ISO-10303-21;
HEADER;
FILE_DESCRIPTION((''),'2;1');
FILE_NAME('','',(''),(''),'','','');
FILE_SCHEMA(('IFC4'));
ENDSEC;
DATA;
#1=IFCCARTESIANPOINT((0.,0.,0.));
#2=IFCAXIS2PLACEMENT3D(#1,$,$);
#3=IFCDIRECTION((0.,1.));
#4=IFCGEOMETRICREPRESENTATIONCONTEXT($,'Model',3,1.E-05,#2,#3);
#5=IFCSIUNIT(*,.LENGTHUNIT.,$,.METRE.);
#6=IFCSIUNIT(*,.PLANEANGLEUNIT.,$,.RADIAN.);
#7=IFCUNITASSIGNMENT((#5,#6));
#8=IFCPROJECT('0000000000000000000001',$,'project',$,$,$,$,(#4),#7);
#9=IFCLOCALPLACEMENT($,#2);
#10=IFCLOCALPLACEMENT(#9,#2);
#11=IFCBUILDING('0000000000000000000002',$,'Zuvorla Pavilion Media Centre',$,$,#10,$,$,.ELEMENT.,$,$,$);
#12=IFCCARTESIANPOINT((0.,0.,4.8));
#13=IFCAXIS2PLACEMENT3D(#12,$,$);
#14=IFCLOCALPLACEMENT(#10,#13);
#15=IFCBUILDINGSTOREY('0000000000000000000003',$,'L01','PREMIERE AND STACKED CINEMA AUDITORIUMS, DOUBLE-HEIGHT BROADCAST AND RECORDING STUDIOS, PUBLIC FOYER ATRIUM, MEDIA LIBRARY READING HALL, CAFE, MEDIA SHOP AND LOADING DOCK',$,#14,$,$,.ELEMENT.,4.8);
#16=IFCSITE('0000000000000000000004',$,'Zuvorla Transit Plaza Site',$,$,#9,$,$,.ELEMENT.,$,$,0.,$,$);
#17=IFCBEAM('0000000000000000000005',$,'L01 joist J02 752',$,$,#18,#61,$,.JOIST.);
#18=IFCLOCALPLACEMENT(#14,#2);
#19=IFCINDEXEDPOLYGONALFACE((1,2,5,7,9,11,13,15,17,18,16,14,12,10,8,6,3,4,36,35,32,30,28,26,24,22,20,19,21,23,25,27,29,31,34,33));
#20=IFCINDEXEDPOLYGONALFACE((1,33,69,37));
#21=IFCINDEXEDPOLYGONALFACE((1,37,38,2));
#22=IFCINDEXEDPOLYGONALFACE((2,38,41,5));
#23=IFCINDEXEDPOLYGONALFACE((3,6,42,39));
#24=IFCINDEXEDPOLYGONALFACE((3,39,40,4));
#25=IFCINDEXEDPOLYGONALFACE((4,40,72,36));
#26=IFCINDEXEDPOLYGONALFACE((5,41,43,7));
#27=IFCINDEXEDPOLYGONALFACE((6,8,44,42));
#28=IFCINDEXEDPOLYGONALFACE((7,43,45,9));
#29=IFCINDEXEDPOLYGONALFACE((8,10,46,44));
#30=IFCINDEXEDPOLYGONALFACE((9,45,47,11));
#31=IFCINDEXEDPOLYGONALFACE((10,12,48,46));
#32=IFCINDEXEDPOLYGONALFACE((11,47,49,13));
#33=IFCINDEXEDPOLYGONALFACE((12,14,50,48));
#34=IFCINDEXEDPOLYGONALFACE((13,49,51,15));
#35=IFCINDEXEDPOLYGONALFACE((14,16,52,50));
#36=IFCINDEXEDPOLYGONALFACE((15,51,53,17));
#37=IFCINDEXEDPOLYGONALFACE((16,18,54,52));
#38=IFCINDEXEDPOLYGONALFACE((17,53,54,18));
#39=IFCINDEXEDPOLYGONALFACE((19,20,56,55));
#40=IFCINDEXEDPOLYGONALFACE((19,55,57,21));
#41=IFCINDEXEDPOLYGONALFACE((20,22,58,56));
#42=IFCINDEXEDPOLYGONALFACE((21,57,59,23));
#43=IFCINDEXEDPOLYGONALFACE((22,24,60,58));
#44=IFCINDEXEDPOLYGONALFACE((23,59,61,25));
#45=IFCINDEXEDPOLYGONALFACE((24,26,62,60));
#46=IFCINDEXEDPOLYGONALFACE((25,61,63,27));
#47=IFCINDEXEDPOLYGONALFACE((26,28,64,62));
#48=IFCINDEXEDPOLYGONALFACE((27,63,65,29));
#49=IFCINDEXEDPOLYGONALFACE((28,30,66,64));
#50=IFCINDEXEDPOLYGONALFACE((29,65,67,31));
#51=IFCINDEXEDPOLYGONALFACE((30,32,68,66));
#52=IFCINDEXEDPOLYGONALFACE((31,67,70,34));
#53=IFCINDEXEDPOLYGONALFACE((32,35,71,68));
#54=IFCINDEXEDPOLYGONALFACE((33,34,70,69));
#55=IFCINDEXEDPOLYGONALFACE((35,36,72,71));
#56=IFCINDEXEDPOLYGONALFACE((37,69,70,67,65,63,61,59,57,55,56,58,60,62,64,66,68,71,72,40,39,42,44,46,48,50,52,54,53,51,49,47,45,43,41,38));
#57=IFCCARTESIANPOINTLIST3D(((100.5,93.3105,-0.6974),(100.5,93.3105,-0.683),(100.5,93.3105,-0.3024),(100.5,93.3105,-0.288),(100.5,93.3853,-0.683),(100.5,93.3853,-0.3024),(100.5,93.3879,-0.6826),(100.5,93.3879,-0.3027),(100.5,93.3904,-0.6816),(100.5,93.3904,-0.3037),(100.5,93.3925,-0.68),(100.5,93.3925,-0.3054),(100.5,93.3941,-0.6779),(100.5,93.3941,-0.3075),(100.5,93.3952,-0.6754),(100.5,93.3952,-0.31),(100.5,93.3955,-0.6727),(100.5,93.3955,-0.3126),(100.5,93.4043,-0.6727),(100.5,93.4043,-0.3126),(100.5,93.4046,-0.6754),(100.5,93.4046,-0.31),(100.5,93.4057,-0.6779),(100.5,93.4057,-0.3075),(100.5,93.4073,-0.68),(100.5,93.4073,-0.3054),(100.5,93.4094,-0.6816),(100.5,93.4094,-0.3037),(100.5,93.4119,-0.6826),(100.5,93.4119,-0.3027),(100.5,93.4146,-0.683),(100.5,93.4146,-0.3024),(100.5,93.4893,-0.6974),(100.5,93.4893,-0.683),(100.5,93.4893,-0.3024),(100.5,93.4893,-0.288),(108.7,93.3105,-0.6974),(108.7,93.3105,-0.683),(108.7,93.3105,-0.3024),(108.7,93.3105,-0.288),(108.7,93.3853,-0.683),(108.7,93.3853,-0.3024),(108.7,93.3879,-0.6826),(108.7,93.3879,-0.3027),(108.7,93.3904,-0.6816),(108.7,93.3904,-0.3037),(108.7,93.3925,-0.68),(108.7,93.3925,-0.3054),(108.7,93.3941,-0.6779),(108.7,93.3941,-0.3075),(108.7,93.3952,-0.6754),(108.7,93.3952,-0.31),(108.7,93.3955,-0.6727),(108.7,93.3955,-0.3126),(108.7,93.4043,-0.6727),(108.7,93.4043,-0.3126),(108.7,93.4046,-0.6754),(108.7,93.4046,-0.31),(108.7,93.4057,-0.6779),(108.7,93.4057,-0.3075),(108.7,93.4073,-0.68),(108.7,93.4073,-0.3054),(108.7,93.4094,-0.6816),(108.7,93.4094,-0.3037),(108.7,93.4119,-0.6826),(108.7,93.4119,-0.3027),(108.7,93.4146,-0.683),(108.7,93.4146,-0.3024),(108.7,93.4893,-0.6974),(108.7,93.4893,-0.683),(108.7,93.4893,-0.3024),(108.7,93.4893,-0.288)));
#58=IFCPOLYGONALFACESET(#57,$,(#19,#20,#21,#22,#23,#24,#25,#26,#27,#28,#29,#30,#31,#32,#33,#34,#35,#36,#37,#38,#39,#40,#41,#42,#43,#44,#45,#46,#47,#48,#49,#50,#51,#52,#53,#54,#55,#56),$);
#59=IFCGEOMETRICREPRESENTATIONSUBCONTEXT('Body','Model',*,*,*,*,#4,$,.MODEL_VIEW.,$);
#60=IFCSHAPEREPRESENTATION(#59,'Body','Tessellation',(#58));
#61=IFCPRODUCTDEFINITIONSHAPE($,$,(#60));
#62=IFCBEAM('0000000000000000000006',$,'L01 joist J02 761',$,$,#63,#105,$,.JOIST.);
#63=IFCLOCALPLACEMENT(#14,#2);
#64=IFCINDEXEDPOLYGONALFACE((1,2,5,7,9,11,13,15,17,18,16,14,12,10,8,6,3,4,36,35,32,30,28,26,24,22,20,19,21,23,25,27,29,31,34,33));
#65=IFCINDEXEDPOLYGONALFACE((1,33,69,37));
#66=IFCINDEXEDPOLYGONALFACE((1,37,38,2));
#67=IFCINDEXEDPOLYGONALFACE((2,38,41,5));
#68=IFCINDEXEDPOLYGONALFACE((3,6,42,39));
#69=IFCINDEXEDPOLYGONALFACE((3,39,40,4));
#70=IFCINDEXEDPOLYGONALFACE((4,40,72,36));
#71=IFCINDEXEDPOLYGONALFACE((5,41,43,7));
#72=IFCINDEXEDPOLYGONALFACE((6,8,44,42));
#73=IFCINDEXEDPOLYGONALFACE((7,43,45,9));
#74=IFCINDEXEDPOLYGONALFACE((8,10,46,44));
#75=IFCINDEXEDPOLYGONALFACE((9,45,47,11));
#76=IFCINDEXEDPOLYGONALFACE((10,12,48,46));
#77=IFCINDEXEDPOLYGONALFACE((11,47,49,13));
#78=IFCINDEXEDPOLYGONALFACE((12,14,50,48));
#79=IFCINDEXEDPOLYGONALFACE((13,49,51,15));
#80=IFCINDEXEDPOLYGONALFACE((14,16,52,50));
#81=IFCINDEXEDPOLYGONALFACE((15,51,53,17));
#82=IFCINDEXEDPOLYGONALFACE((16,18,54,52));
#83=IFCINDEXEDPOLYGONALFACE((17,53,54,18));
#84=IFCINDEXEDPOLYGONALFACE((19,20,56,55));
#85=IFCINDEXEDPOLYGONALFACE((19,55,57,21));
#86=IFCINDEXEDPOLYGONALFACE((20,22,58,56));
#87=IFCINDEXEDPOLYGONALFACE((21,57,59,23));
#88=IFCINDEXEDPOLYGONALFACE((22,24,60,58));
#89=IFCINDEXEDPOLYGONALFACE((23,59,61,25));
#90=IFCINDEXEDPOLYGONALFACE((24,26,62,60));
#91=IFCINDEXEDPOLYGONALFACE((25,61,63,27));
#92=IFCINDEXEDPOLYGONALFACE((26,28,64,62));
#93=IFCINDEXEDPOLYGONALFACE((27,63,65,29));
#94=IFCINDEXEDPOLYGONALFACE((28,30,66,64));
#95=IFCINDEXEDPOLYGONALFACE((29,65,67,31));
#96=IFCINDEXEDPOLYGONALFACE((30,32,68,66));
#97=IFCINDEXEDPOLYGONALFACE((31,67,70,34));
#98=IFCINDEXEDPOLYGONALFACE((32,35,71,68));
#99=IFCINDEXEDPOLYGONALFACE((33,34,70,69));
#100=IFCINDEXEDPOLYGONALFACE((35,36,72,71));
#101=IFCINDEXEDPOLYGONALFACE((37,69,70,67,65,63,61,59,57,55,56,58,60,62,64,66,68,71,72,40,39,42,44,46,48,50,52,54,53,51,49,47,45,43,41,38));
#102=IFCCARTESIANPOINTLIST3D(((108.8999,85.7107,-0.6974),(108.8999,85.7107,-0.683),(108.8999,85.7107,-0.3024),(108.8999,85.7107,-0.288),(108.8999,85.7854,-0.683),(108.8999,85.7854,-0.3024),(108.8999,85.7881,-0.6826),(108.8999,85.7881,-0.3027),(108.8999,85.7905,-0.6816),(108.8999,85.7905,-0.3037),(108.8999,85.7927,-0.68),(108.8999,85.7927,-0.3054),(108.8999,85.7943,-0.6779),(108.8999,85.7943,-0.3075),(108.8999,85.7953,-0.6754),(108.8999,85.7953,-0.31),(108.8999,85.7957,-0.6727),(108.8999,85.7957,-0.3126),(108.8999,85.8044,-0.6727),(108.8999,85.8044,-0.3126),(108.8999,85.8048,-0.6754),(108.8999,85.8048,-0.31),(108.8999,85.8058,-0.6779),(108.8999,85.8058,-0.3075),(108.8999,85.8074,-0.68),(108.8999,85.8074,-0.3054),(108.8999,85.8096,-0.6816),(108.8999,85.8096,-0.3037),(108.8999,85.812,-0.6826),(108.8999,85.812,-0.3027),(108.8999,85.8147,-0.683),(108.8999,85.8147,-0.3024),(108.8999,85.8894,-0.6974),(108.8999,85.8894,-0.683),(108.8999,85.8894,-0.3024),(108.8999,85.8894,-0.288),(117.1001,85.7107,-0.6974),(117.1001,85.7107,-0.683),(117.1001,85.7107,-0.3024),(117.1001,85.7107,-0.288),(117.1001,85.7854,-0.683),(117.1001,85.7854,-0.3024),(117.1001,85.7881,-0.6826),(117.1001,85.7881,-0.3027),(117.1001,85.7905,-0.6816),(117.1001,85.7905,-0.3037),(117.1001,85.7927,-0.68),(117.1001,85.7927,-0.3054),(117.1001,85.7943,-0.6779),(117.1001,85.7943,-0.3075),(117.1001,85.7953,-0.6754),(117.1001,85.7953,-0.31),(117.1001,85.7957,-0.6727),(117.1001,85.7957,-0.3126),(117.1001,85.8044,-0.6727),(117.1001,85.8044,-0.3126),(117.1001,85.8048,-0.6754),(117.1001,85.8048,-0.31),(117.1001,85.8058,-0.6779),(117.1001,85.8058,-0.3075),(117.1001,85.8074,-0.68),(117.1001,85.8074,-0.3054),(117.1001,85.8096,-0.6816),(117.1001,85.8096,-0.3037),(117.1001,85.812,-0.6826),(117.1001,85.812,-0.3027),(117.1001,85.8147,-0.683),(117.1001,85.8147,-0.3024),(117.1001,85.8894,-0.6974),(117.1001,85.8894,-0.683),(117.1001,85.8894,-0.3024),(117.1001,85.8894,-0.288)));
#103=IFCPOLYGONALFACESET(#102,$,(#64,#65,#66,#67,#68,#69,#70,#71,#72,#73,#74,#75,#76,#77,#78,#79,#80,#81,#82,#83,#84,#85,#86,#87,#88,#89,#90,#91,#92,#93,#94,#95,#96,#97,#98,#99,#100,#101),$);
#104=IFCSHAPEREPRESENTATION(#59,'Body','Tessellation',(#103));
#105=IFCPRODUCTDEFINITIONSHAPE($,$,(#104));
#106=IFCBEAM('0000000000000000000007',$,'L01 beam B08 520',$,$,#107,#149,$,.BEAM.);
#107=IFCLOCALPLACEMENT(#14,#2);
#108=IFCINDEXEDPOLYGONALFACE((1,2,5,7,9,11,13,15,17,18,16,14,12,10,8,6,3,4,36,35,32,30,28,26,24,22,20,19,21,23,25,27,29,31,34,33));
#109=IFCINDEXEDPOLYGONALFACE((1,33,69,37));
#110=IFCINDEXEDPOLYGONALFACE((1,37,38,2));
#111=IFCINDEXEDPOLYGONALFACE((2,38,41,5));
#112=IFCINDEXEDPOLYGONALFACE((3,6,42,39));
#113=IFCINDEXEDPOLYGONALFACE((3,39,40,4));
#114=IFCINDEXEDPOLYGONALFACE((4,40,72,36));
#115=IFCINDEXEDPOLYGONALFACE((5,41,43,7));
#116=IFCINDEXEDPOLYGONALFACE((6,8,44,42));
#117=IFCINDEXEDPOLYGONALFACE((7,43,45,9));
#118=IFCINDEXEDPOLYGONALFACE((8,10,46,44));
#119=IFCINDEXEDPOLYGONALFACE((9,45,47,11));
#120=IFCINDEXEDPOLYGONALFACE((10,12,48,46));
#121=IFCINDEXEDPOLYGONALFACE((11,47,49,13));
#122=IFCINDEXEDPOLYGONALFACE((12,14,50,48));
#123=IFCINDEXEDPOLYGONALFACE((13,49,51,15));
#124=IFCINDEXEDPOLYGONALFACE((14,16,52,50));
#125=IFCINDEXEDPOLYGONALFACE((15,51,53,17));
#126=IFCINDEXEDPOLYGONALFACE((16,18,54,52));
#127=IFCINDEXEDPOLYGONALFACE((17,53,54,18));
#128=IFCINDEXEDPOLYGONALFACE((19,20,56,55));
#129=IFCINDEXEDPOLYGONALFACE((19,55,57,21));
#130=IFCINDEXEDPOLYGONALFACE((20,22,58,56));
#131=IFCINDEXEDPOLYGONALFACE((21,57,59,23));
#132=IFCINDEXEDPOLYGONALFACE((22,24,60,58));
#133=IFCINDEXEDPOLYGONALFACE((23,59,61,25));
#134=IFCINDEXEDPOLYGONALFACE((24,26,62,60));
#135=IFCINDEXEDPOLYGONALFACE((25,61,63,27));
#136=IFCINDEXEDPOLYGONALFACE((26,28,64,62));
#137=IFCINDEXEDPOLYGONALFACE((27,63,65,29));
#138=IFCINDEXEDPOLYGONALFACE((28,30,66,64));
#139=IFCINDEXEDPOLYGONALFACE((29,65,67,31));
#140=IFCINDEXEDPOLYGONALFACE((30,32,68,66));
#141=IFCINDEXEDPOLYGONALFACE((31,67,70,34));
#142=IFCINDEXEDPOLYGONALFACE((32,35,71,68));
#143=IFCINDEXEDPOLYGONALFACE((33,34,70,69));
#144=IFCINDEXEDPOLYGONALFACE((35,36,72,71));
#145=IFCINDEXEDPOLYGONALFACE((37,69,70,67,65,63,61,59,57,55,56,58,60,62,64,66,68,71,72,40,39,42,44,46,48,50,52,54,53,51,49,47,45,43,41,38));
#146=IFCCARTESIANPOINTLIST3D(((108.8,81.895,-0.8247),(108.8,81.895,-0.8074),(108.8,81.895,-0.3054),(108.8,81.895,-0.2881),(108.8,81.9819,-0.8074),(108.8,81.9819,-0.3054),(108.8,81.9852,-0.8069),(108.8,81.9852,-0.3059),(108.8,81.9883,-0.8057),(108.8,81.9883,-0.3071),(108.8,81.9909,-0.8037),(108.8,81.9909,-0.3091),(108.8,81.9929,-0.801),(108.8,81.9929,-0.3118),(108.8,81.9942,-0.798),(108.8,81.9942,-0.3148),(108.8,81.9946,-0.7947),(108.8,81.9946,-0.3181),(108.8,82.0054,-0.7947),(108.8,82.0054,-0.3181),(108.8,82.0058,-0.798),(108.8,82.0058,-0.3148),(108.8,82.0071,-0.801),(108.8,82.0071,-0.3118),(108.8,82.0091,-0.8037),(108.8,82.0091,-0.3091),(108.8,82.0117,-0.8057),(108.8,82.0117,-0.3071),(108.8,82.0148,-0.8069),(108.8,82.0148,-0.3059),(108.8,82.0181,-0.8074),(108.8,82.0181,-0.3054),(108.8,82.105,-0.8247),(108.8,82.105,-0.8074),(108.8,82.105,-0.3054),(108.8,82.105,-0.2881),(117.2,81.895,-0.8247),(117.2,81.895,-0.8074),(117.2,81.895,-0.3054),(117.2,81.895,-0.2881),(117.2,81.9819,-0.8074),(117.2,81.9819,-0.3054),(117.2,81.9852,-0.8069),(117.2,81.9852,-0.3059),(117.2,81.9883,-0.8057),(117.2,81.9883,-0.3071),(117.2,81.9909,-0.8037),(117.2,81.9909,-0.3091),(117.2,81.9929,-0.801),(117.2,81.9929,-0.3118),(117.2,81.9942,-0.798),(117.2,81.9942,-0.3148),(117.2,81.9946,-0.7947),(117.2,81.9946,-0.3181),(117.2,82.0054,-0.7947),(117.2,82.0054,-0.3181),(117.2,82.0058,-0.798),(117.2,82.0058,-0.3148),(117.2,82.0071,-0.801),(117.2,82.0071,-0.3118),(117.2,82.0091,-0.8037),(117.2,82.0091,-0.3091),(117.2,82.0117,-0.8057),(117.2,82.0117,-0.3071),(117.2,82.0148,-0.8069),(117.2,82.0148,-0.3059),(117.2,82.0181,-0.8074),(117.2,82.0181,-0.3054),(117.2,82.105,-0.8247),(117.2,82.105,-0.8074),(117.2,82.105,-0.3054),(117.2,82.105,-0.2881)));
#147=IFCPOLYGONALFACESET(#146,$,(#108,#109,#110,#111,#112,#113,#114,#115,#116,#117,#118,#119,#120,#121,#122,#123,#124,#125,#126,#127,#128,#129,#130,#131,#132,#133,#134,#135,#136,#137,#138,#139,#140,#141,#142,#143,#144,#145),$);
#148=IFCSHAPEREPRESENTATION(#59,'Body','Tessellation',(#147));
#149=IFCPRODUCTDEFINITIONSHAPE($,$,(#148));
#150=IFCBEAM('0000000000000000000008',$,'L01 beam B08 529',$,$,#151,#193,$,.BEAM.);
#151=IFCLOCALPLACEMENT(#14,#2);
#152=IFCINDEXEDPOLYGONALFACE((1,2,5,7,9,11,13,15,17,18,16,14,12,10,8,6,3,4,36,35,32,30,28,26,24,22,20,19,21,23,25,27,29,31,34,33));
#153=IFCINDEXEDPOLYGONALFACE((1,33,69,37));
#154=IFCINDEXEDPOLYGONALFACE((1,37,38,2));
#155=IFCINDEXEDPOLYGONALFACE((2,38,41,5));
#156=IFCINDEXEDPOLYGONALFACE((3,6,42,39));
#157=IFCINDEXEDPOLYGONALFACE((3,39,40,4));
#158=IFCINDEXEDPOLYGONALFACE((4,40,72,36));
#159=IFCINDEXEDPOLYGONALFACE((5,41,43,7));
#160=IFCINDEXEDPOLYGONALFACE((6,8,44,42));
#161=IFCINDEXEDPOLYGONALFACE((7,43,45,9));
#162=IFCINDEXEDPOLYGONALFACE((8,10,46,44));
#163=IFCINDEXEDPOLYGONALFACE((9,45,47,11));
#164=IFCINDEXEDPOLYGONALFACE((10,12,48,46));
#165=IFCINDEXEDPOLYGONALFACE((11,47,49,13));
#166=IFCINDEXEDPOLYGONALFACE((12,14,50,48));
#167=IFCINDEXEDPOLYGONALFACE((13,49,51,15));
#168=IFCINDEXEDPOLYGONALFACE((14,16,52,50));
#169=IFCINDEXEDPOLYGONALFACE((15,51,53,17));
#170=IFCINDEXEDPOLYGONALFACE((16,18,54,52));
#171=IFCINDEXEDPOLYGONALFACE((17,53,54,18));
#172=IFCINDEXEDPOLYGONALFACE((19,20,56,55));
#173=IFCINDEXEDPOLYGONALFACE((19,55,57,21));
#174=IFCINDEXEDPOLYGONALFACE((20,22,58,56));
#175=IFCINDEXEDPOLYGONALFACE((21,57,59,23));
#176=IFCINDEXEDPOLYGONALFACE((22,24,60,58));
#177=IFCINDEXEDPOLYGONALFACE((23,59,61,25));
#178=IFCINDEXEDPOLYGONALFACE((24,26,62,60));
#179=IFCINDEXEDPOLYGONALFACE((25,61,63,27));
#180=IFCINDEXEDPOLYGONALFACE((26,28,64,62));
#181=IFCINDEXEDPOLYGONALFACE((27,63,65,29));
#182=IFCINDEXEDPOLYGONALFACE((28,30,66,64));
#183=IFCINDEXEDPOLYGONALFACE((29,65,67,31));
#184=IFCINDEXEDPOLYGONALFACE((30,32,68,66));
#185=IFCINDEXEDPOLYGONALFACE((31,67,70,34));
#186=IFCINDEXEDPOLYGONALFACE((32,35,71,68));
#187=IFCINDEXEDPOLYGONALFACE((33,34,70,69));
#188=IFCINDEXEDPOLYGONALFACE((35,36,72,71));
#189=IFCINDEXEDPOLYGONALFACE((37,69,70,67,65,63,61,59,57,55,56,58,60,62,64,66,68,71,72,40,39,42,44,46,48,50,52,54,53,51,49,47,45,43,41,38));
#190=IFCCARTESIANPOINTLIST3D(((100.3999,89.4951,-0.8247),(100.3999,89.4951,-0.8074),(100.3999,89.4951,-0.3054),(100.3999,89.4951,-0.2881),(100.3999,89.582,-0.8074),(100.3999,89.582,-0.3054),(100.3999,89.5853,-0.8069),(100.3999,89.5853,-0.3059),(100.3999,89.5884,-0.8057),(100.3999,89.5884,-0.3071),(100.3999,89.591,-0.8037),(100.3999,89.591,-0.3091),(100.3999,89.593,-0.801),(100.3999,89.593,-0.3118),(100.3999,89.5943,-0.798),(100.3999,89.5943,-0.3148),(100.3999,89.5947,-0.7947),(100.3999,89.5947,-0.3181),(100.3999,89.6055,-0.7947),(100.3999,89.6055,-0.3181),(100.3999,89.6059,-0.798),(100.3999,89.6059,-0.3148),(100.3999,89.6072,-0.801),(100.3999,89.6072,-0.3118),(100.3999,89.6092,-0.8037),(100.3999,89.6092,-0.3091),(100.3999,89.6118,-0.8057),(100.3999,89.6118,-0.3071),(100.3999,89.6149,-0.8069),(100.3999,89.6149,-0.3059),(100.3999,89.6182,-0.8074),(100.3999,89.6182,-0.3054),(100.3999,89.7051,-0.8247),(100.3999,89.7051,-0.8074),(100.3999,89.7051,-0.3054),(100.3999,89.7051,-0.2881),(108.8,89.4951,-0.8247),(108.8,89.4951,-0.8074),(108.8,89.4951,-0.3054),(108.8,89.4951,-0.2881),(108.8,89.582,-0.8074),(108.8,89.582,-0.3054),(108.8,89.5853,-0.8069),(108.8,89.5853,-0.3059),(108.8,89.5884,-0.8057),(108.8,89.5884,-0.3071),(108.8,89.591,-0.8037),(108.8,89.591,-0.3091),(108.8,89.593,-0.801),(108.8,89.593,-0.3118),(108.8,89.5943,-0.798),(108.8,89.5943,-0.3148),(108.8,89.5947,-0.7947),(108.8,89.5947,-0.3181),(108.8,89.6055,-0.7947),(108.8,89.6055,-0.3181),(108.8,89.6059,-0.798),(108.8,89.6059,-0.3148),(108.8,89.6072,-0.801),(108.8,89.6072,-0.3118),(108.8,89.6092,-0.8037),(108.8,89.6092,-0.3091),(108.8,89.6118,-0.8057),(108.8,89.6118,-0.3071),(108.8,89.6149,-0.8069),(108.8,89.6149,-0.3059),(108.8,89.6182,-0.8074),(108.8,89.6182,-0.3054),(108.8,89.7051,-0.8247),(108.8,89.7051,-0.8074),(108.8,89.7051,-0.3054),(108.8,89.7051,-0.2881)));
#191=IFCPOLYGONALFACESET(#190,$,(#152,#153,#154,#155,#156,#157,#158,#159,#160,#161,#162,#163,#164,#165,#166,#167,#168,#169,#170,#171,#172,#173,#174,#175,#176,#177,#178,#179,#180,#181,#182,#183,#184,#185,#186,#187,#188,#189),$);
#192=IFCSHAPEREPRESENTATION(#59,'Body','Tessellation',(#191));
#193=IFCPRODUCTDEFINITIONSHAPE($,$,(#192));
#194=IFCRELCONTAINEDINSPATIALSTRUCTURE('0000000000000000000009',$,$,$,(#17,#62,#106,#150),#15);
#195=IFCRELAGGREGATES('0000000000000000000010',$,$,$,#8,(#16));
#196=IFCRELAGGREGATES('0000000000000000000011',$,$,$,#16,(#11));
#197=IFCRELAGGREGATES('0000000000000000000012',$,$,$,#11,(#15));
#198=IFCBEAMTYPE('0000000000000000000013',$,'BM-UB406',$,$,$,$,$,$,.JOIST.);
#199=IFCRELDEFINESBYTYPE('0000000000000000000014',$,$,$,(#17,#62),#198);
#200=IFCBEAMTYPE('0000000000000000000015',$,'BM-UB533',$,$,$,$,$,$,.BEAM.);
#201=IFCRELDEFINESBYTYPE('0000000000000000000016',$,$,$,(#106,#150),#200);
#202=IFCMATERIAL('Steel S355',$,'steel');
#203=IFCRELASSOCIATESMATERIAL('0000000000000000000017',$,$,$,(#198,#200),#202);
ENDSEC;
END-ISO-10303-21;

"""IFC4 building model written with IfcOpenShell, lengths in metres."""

from ifc_helpers import new_model, si_unit, direction, frame, origin, origin_2d, place, context, subcontext, project, spatial, i_section, extrude, material, material_profile, profile_set, type_object, element, save


model = new_model("IFC4")

# Units and contexts
model_context = context("Model", 3, precision=1e-05, world=origin(), true_north=direction((0.0, 1.0)))
body_context = subcontext(model_context, "Body", "Model", "MODEL_VIEW")
ifc_project = project(units=[si_unit("LENGTHUNIT", "METRE"), si_unit("PLANEANGLEUNIT", "RADIAN")], contexts=[model_context])

# Site, building, storey
site_placement = place(None, origin())
site = spatial("IfcSite", under=ifc_project, at=site_placement, Name="Zuvorla Transit Plaza Site", CompositionType="ELEMENT", RefElevation=0.0)
building_placement = place(site_placement, origin())
building = spatial("IfcBuilding", under=site, at=building_placement, Name="Zuvorla Pavilion Media Centre", CompositionType="ELEMENT")
storey_placement = place(building_placement, frame((0.0, 0.0, 4.8)))
storey = spatial("IfcBuildingStorey", under=building, at=storey_placement, Name="L01", Description="PREMIERE AND STACKED CINEMA AUDITORIUMS, DOUBLE-HEIGHT BROADCAST AND RECORDING STUDIOS, PUBLIC FOYER ATRIUM, MEDIA LIBRARY READING HALL, CAFE, MEDIA SHOP AND LOADING DOCK", CompositionType="ELEMENT", Elevation=4.8)

# Beams
ifc_material_1 = material(Name="Steel S355", Category="steel")
ifc_material_profile_1 = material_profile(ifc_material_1, i_section(OverallWidth=0.1787, OverallDepth=0.4094, WebThickness=0.0088, FlangeThickness=0.0144, FilletRadius=0.0103, at=origin_2d()), Name="UB 406x178x67")
ifc_profile_set_1 = profile_set([ifc_material_profile_1], Name="Steel S355")
beam_type_1 = type_object("IfcBeamType", Name="BM-UB406", PredefinedType="JOIST", material=ifc_profile_set_1)
for number, where, z_axis, x_axis, name in (
    (1, (100.5, 93.3999, -0.4927), (1.0, 0.0, 0.0), (0.0, 1.0, 0.0), "L01 joist J02 752"),
):
    element("IfcBeam", number, at=place(storey_placement, frame(where, z_axis=z_axis, x_axis=x_axis)), inside=storey, type_object=beam_type_1, Name=name, PredefinedType="JOIST", context=body_context, shape_type="SweptSolid", body=[
        extrude(i_section(OverallWidth=0.1787, OverallDepth=0.4094, WebThickness=0.0088, FlangeThickness=0.0144, FilletRadius=0.0103, at=origin_2d()), origin(), (0.0, 0.0, 1.0), 8.2),
    ])
beam_1_placement = place(storey_placement, frame((108.8999, 85.8, -0.4927), z_axis=(1.0, 0.0, 0.0), x_axis=(0.0, 1.0, 0.0)))
element("IfcBeam", 2, at=beam_1_placement, inside=storey, type_object=beam_type_1, Name="L01 joist J02 761", PredefinedType="JOIST", context=body_context, shape_type="SweptSolid", body=[
    extrude(i_section(OverallWidth=0.1787, OverallDepth=0.4094, WebThickness=0.0088, FlangeThickness=0.0144, FilletRadius=0.0103, at=origin_2d()), origin(), (0.0, 0.0, 1.0), 8.2002),
])
ifc_material_profile_2 = material_profile(ifc_material_1, i_section(OverallWidth=0.21, OverallDepth=0.5366, WebThickness=0.0107, FlangeThickness=0.0173, FilletRadius=0.0127, at=origin_2d()), Name="UB 533x210x101")
ifc_profile_set_2 = profile_set([ifc_material_profile_2], Name="Steel S355")
beam_type_2 = type_object("IfcBeamType", Name="BM-UB533", PredefinedType="BEAM", material=ifc_profile_set_2)
beam_2_placement = place(storey_placement, frame((108.8, 82.0, -0.5564), z_axis=(1.0, 0.0, 0.0), x_axis=(0.0, 1.0, 0.0)))
element("IfcBeam", 3, at=beam_2_placement, inside=storey, type_object=beam_type_2, Name="L01 beam B08 520", PredefinedType="BEAM", context=body_context, shape_type="SweptSolid", body=[
    extrude(i_section(OverallWidth=0.21, OverallDepth=0.5366, WebThickness=0.0107, FlangeThickness=0.0173, FilletRadius=0.0127, at=origin_2d()), origin(), (0.0, 0.0, 1.0), 8.3999),
])
beam_3_placement = place(storey_placement, frame((100.3999, 89.6001, -0.5564), z_axis=(1.0, 0.0, 0.0), x_axis=(0.0, 1.0, 0.0)))
element("IfcBeam", 4, at=beam_3_placement, inside=storey, type_object=beam_type_2, Name="L01 beam B08 529", PredefinedType="BEAM", context=body_context, shape_type="SweptSolid", body=[
    extrude(i_section(OverallWidth=0.21, OverallDepth=0.5366, WebThickness=0.0107, FlangeThickness=0.0173, FilletRadius=0.0127, at=origin_2d()), origin(), (0.0, 0.0, 1.0), 8.4001),
])

save(model, "model.ifc")
